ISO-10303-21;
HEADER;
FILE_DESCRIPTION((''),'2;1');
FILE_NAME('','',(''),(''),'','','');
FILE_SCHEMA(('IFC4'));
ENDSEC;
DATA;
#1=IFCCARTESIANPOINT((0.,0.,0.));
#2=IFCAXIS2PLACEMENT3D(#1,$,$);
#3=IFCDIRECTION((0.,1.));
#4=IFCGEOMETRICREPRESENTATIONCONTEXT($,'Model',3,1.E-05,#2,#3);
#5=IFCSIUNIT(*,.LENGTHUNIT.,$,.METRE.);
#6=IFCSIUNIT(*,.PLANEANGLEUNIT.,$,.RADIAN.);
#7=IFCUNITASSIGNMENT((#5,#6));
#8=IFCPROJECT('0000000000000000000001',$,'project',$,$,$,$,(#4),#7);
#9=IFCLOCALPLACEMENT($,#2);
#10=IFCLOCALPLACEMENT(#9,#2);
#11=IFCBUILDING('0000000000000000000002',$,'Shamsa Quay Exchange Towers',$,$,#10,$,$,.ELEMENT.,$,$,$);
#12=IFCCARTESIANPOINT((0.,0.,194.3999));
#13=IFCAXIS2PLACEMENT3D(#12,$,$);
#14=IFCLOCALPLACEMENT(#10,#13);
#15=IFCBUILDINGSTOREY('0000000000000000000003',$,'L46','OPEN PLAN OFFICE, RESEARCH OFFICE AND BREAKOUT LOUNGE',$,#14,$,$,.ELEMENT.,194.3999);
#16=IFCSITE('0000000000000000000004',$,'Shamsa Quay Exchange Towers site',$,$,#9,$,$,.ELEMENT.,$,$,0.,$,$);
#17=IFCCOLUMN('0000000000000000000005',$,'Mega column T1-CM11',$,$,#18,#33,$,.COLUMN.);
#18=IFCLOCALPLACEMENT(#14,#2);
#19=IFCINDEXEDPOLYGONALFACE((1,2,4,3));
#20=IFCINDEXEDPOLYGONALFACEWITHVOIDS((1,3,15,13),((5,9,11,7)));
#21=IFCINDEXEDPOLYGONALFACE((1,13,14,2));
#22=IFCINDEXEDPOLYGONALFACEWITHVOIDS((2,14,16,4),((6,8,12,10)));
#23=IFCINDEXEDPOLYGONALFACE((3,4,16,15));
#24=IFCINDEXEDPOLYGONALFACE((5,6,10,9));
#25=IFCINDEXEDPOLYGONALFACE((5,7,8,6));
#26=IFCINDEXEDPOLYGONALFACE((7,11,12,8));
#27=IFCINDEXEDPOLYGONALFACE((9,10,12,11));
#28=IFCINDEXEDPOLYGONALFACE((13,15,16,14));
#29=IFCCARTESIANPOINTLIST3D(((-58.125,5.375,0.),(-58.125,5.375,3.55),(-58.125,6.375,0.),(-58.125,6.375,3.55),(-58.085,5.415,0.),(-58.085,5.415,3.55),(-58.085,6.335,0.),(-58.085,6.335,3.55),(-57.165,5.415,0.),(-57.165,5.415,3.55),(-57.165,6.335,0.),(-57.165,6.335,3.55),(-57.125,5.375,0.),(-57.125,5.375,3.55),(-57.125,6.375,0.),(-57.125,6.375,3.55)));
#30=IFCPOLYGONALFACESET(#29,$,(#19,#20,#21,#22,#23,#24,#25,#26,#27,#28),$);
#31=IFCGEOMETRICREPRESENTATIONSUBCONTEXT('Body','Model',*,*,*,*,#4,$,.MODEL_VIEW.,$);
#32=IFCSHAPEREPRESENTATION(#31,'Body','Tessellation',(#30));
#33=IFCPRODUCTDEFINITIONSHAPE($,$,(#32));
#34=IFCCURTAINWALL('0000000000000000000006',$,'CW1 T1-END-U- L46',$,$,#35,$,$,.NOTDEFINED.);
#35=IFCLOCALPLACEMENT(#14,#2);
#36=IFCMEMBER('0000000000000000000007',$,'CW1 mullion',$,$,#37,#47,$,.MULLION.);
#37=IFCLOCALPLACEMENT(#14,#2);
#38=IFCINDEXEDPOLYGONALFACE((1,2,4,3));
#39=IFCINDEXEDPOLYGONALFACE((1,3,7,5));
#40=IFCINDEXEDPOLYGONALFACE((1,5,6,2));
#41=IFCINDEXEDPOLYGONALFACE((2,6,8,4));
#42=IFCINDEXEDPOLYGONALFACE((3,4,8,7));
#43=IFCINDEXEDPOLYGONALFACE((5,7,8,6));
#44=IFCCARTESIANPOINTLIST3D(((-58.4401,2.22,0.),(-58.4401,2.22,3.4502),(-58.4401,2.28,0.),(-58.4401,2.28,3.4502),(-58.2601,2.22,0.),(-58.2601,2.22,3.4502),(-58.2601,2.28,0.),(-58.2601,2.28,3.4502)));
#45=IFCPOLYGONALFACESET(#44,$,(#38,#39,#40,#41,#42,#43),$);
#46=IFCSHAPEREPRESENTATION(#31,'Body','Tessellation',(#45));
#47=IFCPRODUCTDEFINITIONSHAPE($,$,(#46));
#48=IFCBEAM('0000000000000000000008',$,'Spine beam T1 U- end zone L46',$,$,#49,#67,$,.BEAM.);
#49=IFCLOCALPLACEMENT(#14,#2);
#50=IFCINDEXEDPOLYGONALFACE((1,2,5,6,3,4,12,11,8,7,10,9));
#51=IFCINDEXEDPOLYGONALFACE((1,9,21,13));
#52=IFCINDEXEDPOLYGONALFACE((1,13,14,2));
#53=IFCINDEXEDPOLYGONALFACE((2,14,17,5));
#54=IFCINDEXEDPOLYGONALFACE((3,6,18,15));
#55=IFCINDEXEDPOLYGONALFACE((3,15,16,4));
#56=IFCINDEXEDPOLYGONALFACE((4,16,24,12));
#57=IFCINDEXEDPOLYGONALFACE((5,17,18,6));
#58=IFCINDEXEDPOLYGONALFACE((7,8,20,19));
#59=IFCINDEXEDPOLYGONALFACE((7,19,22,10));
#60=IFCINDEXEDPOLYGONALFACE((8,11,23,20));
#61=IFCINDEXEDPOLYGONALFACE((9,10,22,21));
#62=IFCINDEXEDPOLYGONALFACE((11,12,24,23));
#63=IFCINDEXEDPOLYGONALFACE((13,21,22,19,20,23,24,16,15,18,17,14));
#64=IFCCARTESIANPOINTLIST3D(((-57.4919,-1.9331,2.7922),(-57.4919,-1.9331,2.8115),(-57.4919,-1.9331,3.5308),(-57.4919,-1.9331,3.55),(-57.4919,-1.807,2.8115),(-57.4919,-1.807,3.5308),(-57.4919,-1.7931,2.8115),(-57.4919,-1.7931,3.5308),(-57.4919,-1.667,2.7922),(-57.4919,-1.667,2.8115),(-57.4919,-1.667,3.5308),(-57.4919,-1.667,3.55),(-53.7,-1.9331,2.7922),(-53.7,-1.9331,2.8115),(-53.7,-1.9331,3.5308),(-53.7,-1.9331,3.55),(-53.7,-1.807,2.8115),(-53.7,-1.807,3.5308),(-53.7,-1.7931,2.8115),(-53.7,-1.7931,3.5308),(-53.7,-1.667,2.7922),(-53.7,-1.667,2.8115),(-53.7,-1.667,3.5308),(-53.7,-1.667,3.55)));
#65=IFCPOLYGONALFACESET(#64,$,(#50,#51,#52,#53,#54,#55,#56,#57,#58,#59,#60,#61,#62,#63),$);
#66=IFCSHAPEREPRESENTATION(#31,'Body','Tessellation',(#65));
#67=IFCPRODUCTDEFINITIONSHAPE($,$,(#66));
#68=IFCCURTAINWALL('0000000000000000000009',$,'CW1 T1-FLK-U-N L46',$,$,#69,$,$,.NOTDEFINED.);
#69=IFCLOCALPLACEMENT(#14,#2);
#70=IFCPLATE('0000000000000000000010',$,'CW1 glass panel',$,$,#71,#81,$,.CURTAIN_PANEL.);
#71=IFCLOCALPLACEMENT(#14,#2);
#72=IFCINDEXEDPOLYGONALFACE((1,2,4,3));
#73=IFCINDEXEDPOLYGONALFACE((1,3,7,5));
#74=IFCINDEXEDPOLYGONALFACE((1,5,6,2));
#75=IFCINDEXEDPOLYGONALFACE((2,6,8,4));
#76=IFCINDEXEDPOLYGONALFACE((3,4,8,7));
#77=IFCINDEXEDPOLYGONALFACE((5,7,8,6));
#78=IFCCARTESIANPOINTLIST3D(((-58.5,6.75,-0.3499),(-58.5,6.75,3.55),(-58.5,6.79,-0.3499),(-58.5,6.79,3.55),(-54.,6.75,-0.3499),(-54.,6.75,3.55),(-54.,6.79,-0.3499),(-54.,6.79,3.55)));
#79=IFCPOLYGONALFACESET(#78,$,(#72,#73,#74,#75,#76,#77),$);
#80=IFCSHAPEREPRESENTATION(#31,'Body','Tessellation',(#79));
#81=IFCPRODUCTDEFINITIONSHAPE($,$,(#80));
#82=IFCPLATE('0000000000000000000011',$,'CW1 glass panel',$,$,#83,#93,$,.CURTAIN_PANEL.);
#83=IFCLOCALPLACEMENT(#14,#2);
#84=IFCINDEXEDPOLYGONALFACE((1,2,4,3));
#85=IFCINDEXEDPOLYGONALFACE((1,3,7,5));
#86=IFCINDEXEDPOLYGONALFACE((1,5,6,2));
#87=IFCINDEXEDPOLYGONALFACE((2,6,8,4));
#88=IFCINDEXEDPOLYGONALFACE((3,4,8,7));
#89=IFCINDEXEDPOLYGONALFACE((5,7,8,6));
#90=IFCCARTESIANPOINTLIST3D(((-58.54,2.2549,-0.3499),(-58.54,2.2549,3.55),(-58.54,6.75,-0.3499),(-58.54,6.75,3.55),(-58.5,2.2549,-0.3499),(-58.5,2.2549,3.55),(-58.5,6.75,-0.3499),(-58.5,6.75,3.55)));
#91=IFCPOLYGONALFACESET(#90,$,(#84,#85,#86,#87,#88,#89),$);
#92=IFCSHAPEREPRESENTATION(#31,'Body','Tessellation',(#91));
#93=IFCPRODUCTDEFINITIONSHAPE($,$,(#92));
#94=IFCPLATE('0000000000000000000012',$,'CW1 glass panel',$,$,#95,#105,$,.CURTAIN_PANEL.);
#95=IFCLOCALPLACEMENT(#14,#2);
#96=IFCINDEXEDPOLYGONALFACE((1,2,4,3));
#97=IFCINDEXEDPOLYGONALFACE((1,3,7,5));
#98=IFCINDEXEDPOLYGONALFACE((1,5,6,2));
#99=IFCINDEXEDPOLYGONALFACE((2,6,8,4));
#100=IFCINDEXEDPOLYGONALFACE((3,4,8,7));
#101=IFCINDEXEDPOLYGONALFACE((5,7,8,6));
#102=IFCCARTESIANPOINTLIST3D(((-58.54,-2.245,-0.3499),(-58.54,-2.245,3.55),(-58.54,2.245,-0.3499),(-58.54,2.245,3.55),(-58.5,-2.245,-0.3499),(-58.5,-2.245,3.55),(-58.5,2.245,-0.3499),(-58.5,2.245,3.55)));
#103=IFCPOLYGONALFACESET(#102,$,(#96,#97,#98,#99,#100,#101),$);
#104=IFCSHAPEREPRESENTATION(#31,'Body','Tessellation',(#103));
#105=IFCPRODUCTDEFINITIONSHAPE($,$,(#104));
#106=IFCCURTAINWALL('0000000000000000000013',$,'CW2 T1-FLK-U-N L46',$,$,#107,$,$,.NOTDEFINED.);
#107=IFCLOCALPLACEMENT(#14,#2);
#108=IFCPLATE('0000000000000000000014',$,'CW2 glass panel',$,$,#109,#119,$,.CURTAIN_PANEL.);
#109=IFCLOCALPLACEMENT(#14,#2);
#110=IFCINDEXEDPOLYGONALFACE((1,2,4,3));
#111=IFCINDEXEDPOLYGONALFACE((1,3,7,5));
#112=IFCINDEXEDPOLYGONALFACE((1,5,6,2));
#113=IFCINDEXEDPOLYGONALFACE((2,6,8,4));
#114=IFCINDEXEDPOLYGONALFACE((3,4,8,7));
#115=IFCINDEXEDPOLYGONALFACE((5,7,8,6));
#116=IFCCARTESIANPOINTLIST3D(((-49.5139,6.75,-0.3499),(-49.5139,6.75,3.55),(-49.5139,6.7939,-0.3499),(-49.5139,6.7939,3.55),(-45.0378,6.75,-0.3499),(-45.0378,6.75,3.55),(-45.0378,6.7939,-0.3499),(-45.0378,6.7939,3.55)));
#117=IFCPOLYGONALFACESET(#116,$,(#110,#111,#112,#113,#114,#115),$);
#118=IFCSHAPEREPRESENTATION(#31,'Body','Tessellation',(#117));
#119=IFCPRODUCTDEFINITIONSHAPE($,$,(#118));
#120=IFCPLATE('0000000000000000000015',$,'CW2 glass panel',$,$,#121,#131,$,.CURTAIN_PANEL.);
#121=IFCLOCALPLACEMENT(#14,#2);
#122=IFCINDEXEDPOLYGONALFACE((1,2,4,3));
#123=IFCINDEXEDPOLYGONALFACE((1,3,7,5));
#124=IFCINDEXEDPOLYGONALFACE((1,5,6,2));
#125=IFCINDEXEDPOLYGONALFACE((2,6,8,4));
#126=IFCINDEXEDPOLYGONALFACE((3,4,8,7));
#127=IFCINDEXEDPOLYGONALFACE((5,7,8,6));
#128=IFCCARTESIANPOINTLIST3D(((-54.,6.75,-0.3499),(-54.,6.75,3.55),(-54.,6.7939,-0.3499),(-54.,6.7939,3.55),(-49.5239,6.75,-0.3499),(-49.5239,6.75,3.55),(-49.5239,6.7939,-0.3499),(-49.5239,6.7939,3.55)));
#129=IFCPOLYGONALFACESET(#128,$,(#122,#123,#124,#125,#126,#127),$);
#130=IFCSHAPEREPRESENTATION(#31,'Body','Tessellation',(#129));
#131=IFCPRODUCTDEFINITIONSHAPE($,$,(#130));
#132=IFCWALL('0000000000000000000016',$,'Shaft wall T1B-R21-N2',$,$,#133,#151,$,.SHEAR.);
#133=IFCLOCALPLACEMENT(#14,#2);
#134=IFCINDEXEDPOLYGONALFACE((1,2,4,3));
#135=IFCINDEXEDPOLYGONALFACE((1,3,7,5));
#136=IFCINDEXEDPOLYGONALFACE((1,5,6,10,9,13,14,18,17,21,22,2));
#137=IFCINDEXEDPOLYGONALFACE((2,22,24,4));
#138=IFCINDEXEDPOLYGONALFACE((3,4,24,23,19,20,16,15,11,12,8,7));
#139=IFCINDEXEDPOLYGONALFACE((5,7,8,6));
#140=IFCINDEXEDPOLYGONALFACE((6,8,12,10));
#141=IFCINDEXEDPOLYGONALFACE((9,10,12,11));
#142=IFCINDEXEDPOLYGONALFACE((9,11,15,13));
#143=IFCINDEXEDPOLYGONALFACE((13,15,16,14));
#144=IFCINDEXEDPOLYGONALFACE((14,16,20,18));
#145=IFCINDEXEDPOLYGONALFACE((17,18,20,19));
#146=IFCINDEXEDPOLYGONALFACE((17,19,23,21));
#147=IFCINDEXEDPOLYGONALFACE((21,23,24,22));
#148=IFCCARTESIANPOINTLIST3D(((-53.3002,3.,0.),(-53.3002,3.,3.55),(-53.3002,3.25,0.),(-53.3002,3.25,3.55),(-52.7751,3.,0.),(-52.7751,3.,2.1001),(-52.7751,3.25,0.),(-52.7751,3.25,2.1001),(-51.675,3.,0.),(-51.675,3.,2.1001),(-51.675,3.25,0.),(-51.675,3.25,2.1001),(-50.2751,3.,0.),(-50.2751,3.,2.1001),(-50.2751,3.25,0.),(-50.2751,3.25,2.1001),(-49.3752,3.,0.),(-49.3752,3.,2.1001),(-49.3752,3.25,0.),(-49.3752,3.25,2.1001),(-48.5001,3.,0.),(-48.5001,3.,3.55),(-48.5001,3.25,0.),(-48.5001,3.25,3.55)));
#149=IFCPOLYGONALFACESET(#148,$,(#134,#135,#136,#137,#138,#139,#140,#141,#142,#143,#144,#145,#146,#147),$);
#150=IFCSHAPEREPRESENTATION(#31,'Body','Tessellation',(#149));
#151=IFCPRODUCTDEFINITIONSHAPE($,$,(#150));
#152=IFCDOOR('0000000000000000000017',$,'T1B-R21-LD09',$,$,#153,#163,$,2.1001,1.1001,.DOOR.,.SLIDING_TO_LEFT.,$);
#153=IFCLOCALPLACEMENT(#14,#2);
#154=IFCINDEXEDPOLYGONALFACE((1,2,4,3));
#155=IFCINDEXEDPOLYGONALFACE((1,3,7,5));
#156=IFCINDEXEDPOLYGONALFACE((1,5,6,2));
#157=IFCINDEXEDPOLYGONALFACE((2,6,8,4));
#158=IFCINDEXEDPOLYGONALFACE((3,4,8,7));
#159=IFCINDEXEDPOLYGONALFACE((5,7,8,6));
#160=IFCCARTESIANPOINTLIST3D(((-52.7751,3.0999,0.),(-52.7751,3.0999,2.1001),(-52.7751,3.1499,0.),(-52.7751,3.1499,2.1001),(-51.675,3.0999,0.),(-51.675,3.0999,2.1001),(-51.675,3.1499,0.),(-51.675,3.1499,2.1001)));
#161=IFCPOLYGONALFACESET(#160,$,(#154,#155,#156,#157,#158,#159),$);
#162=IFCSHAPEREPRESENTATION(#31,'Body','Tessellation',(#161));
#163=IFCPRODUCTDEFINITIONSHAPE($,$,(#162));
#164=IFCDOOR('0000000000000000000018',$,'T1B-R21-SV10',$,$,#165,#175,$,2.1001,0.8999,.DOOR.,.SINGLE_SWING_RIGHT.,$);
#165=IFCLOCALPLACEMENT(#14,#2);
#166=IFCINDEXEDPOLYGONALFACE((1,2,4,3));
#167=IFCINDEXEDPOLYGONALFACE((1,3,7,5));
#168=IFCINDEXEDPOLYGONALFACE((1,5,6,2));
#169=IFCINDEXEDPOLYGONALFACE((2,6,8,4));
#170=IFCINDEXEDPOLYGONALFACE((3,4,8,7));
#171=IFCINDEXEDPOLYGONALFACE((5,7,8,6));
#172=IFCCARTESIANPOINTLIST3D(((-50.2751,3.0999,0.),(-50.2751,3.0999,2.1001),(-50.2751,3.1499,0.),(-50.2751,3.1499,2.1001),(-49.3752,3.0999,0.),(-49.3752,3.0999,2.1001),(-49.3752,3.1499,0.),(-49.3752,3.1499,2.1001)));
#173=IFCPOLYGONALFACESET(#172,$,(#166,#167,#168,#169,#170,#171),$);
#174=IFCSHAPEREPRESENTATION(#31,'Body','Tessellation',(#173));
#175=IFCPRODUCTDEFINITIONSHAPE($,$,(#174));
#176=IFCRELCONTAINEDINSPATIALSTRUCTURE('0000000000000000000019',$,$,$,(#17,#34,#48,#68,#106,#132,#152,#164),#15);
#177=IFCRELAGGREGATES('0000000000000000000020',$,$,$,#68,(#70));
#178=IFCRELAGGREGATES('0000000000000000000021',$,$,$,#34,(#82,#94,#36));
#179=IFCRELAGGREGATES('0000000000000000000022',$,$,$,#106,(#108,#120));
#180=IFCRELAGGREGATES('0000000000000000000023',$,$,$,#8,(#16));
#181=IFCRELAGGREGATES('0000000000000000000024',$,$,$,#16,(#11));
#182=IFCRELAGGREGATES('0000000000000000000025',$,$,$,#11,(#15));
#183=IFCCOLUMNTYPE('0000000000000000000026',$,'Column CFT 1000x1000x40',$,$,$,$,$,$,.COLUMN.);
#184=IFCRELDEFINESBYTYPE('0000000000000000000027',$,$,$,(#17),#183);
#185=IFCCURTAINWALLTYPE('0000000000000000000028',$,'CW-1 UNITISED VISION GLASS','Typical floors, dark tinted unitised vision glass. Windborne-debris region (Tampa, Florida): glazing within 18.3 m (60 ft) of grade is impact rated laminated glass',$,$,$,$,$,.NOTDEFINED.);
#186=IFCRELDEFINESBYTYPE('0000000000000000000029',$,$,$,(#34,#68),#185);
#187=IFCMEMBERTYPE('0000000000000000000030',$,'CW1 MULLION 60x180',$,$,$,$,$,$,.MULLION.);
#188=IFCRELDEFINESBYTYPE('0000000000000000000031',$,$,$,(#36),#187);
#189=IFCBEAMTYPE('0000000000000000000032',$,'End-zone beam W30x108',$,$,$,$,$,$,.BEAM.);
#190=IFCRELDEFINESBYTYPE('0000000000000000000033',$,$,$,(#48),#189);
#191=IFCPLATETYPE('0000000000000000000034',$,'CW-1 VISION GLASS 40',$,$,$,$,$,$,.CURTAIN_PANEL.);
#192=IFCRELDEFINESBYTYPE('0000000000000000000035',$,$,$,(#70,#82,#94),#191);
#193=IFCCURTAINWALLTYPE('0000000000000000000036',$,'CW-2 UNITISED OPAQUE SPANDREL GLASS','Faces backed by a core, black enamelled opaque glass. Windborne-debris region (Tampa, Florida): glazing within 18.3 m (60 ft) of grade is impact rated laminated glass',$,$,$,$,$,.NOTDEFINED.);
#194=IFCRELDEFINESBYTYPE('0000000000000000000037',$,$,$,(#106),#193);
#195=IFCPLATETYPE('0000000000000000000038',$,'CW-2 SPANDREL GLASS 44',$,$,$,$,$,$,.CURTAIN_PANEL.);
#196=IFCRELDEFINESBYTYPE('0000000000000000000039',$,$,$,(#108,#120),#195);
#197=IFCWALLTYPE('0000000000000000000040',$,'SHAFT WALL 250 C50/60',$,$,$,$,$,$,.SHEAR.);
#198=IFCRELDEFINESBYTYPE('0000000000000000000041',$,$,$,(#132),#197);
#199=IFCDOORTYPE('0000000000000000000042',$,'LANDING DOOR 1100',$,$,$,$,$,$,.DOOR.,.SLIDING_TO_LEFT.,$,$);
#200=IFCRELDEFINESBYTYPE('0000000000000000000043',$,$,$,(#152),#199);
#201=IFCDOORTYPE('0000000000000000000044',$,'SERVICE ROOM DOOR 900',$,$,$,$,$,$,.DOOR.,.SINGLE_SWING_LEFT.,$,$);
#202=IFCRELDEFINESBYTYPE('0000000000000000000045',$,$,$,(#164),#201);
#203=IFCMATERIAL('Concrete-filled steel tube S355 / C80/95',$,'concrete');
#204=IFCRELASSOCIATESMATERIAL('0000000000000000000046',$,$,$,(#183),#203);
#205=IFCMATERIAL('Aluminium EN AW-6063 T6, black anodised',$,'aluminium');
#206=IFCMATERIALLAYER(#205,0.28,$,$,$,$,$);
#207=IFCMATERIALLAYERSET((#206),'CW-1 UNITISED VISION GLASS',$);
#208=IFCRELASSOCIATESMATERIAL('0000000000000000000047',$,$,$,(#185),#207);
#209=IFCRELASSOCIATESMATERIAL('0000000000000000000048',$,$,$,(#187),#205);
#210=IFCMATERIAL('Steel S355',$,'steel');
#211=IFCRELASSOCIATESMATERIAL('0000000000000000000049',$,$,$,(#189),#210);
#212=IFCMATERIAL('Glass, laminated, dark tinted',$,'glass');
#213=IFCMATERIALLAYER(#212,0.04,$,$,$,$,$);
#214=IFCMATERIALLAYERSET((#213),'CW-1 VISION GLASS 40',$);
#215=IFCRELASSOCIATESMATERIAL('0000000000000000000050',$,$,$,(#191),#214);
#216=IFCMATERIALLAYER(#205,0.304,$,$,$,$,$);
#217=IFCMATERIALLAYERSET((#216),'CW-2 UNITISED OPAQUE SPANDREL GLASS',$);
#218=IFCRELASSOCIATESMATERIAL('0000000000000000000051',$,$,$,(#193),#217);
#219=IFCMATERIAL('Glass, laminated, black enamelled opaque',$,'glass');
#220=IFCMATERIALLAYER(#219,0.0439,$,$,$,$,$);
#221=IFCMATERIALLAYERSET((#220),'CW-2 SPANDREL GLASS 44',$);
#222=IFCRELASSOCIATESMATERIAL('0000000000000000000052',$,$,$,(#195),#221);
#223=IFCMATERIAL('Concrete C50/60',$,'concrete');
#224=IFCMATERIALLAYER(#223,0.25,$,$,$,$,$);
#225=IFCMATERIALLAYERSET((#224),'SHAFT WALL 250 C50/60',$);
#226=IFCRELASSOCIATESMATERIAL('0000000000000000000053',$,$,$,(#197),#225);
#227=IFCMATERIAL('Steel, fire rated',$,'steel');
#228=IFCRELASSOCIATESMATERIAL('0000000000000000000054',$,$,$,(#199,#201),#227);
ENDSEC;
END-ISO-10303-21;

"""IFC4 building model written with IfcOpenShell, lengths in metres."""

from ifc_helpers import new_model, si_unit, direction, frame, frame_2d, origin, origin_2d, place, context, subcontext, project, spatial, rectangle, hollow_rectangle, i_section, extrude, material, layer, layer_set, material_profile, profile_set, type_object, element, fill, aggregate, save


model = new_model("IFC4")

# Units and contexts
model_context = context("Model", 3, precision=1e-05, world=origin(), true_north=direction((0.0, 1.0)))
body_context = subcontext(model_context, "Body", "Model", "MODEL_VIEW")
ifc_project = project(units=[si_unit("LENGTHUNIT", "METRE"), si_unit("PLANEANGLEUNIT", "RADIAN")], contexts=[model_context])

# Site, building, storey
site_placement = place(None, origin())
site = spatial("IfcSite", under=ifc_project, at=site_placement, Name="Shamsa Quay Exchange Towers site", CompositionType="ELEMENT", RefElevation=0.0)
building_placement = place(site_placement, origin())
building = spatial("IfcBuilding", under=site, at=building_placement, Name="Shamsa Quay Exchange Towers", CompositionType="ELEMENT")
storey_placement = place(building_placement, frame((0.0, 0.0, 194.3999)))
storey = spatial("IfcBuildingStorey", under=building, at=storey_placement, Name="L46", Description="OPEN PLAN OFFICE, RESEARCH OFFICE AND BREAKOUT LOUNGE", CompositionType="ELEMENT", Elevation=194.3999)

# Column
ifc_material_1 = material(Name="Concrete-filled steel tube S355 / C80/95", Category="concrete")
ifc_material_profile_1 = material_profile(ifc_material_1, hollow_rectangle(XDim=1.0, YDim=1.0, WallThickness=0.04, at=origin_2d()), Name="CFT 1000x1000x40")
ifc_profile_set_1 = profile_set([ifc_material_profile_1], Name="Concrete-filled steel tube S355 / C80/95")
column_type = type_object("IfcColumnType", Name="Column CFT 1000x1000x40", PredefinedType="COLUMN", material=ifc_profile_set_1)
column_placement = place(storey_placement, frame((-57.625, 5.875, 0.0)))
element("IfcColumn", 1, at=column_placement, inside=storey, type_object=column_type, Name="Mega column T1-CM11", PredefinedType="COLUMN", context=body_context, shape_type="SweptSolid", body=[
    extrude(hollow_rectangle(XDim=1.0, YDim=1.0, WallThickness=0.04, at=origin_2d()), origin(), (0.0, 0.0, 1.0), 3.55),
])

# Curtain wall, member
ifc_material_2 = material(Name="Aluminium EN AW-6063 T6, black anodised", Category="aluminium")
ifc_layer_1 = layer(ifc_material_2, 0.28)
ifc_layer_set_1 = layer_set([ifc_layer_1], Name="CW-1 UNITISED VISION GLASS")
curtain_wall_type_1 = type_object("IfcCurtainWallType", Name="CW-1 UNITISED VISION GLASS", Description="Typical floors, dark tinted unitised vision glass. Windborne-debris region (Tampa, Florida): glazing within 18.3 m (60 ft) of grade is impact rated laminated glass", PredefinedType="NOTDEFINED", material=ifc_layer_set_1)
curtain_wall_1_placement = place(storey_placement, origin())
curtain_wall_1 = element("IfcCurtainWall", 2, at=curtain_wall_1_placement, inside=storey, type_object=curtain_wall_type_1, Name="CW1 T1-END-U- L46", PredefinedType="NOTDEFINED")
ifc_material_profile_2 = material_profile(ifc_material_2, rectangle(XDim=0.1799, YDim=0.0601, at=origin_2d()), Name="MU60x180")
ifc_profile_set_2 = profile_set([ifc_material_profile_2], Name="Aluminium EN AW-6063 T6, black anodised")
member_type = type_object("IfcMemberType", Name="CW1 MULLION 60x180", PredefinedType="MULLION", material=ifc_profile_set_2)
member_placement = place(storey_placement, frame((-58.3501, 2.25, 0.0)))
member = element("IfcMember", 3, at=member_placement, type_object=member_type, Name="CW1 mullion", PredefinedType="MULLION", context=body_context, shape_type="SweptSolid", body=[
    extrude(rectangle(XDim=0.1799, YDim=0.0601, at=origin_2d()), origin(), (0.0, 0.0, 1.0), 3.4502),
])

# Beam
ifc_material_3 = material(Name="Steel S355", Category="steel")
ifc_material_profile_3 = material_profile(ifc_material_3, i_section(OverallWidth=0.2661, OverallDepth=0.7578, WebThickness=0.0139, FlangeThickness=0.0193, at=origin_2d()), Name="W30x108")
ifc_profile_set_3 = profile_set([ifc_material_profile_3], Name="Steel S355")
beam_type = type_object("IfcBeamType", Name="End-zone beam W30x108", PredefinedType="BEAM", material=ifc_profile_set_3)
beam_placement = place(storey_placement, frame((-53.7, -1.8, 3.1711), z_axis=(-1.0, 0.0, 0.0), x_axis=(0.0, -1.0, 0.0)))
element("IfcBeam", 4, at=beam_placement, inside=storey, type_object=beam_type, Name="Spine beam T1 U- end zone L46", PredefinedType="BEAM", context=body_context, shape_type="SweptSolid", body=[
    extrude(i_section(OverallWidth=0.2661, OverallDepth=0.7578, WebThickness=0.0139, FlangeThickness=0.0193, at=origin_2d()), origin(), (0.0, 0.0, 1.0), 3.792),
])

# Curtain wall, plate
curtain_wall_2_placement = place(storey_placement, origin())
curtain_wall_2 = element("IfcCurtainWall", 5, at=curtain_wall_2_placement, inside=storey, type_object=curtain_wall_type_1, Name="CW1 T1-FLK-U-N L46", PredefinedType="NOTDEFINED")
ifc_material_4 = material(Name="Glass, laminated, dark tinted", Category="glass")
ifc_layer_2 = layer(ifc_material_4, 0.04)
ifc_layer_set_2 = layer_set([ifc_layer_2], Name="CW-1 VISION GLASS 40")
plate_type_1 = type_object("IfcPlateType", Name="CW-1 VISION GLASS 40", PredefinedType="CURTAIN_PANEL", material=ifc_layer_set_2)
plate_1_placement = place(storey_placement, frame((-56.25, 6.77, -0.3499), z_axis=(0.0, 0.0, 1.0), x_axis=(-1.0, 0.0, 0.0)))
plate_1 = element("IfcPlate", 6, at=plate_1_placement, type_object=plate_type_1, Name="CW1 glass panel", PredefinedType="CURTAIN_PANEL", context=body_context, shape_type="SweptSolid", body=[
    extrude(rectangle(XDim=4.5, YDim=0.04, at=origin_2d()), origin(), (0.0, 0.0, 1.0), 3.8999),
])
aggregate(curtain_wall_2, [plate_1])

# Plates
plate_2_placement = place(storey_placement, frame((-58.52, 4.5024, -0.3499), z_axis=(0.0, 0.0, 1.0), x_axis=(0.0, -1.0, 0.0)))
plate_2 = element("IfcPlate", 7, at=plate_2_placement, type_object=plate_type_1, Name="CW1 glass panel", PredefinedType="CURTAIN_PANEL", context=body_context, shape_type="SweptSolid", body=[
    extrude(rectangle(XDim=4.4951, YDim=0.04, at=origin_2d()), origin(), (0.0, 0.0, 1.0), 3.8999),
])
plate_3_placement = place(storey_placement, frame((-58.52, 0.0, -0.3499), z_axis=(0.0, 0.0, 1.0), x_axis=(0.0, -1.0, 0.0)))
plate_3 = element("IfcPlate", 8, at=plate_3_placement, type_object=plate_type_1, Name="CW1 glass panel", PredefinedType="CURTAIN_PANEL", context=body_context, shape_type="SweptSolid", body=[
    extrude(rectangle(XDim=4.49, YDim=0.04, at=origin_2d()), origin(), (0.0, 0.0, 1.0), 3.8999),
])
aggregate(curtain_wall_1, [plate_2, plate_3, member])

# Curtain wall, plates
ifc_layer_3 = layer(ifc_material_2, 0.304)
ifc_layer_set_3 = layer_set([ifc_layer_3], Name="CW-2 UNITISED OPAQUE SPANDREL GLASS")
curtain_wall_type_2 = type_object("IfcCurtainWallType", Name="CW-2 UNITISED OPAQUE SPANDREL GLASS", Description="Faces backed by a core, black enamelled opaque glass. Windborne-debris region (Tampa, Florida): glazing within 18.3 m (60 ft) of grade is impact rated laminated glass", PredefinedType="NOTDEFINED", material=ifc_layer_set_3)
curtain_wall_3_placement = place(storey_placement, origin())
curtain_wall_3 = element("IfcCurtainWall", 9, at=curtain_wall_3_placement, inside=storey, type_object=curtain_wall_type_2, Name="CW2 T1-FLK-U-N L46", PredefinedType="NOTDEFINED")
ifc_material_5 = material(Name="Glass, laminated, black enamelled opaque", Category="glass")
ifc_layer_4 = layer(ifc_material_5, 0.0439)
ifc_layer_set_4 = layer_set([ifc_layer_4], Name="CW-2 SPANDREL GLASS 44")
plate_type_2 = type_object("IfcPlateType", Name="CW-2 SPANDREL GLASS 44", PredefinedType="CURTAIN_PANEL", material=ifc_layer_set_4)
plate_4_placement = place(storey_placement, frame((-47.2759, 6.772, -0.3499), z_axis=(0.0, 0.0, 1.0), x_axis=(-1.0, 0.0, 0.0)))
plate_4 = element("IfcPlate", 10, at=plate_4_placement, type_object=plate_type_2, Name="CW2 glass panel", PredefinedType="CURTAIN_PANEL", context=body_context, shape_type="SweptSolid", body=[
    extrude(rectangle(XDim=4.4761, YDim=0.0439, at=origin_2d()), origin(), (0.0, 0.0, 1.0), 3.8999),
])
plate_5_placement = place(storey_placement, frame((-51.762, 6.772, -0.3499), z_axis=(0.0, 0.0, 1.0), x_axis=(-1.0, 0.0, 0.0)))
plate_5 = element("IfcPlate", 11, at=plate_5_placement, type_object=plate_type_2, Name="CW2 glass panel", PredefinedType="CURTAIN_PANEL", context=body_context, shape_type="SweptSolid", body=[
    extrude(rectangle(XDim=4.4761, YDim=0.0439, at=origin_2d()), origin(), (0.0, 0.0, 1.0), 3.8999),
])
aggregate(curtain_wall_3, [plate_4, plate_5])

# Wall, openings, doors
ifc_material_6 = material(Name="Concrete C50/60", Category="concrete")
ifc_layer_5 = layer(ifc_material_6, 0.25)
ifc_layer_set_5 = layer_set([ifc_layer_5], Name="SHAFT WALL 250 C50/60")
wall_type_1 = type_object("IfcWallType", Name="SHAFT WALL 250 C50/60", PredefinedType="SHEAR", material=ifc_layer_set_5)
wall_1_placement = place(storey_placement, frame((-53.3, 3.125, 0.0)))
wall_1 = element("IfcWall", 12, at=wall_1_placement, inside=storey, type_object=wall_type_1, Name="Shaft wall T1B-R21-N2", PredefinedType="SHEAR", context=body_context, shape_type="SweptSolid", body=[
    extrude(rectangle(XDim=4.8, YDim=0.25, at=frame_2d((2.3999, 0.0))), origin(), (0.0, 0.0, 1.0), 3.55),
])
opening_1_placement = place(wall_1_placement, frame((0.5249, 0.0, 0.0)))
opening_1 = element("IfcOpeningElement", 13, at=opening_1_placement, cuts=wall_1, PredefinedType="OPENING", context=body_context, shape_type="SweptSolid", body=[
    extrude(rectangle(XDim=1.1001, YDim=2.1001, at=frame_2d((0.55, 1.05))), frame((0.0, 0.135, 0.0), z_axis=(0.0, -1.0, 0.0), x_axis=(1.0, 0.0, 0.0)), (0.0, 0.0, 1.0), 0.27),
])
opening_2_placement = place(wall_1_placement, frame((3.0249, 0.0, 0.0)))
opening_2 = element("IfcOpeningElement", 14, at=opening_2_placement, cuts=wall_1, PredefinedType="OPENING", context=body_context, shape_type="SweptSolid", body=[
    extrude(rectangle(XDim=0.8999, YDim=2.1001, at=frame_2d((0.45, 1.05))), frame((0.0, 0.135, 0.0), z_axis=(0.0, -1.0, 0.0), x_axis=(1.0, 0.0, 0.0)), (0.0, 0.0, 1.0), 0.27),
])
ifc_material_7 = material(Name="Steel, fire rated", Category="steel")
door_type_1 = type_object("IfcDoorType", Name="LANDING DOOR 1100", OperationType="SLIDING_TO_LEFT", PredefinedType="DOOR", material=ifc_material_7)
door_1_placement = place(opening_1_placement, origin())
door_1 = element("IfcDoor", 15, at=door_1_placement, inside=storey, type_object=door_type_1, Name="T1B-R21-LD09", OperationType="SLIDING_TO_LEFT", OverallHeight=2.1001, OverallWidth=1.1001, PredefinedType="DOOR", context=body_context, shape_type="SweptSolid", body=[
    extrude(rectangle(XDim=1.1001, YDim=2.1001, at=frame_2d((0.55, 1.05))), frame((0.0, 0.0249, 0.0), z_axis=(0.0, -1.0, 0.0), x_axis=(1.0, 0.0, 0.0)), (0.0, 0.0, 1.0), 0.05),
])
fill(opening_1, door_1)
door_type_2 = type_object("IfcDoorType", Name="SERVICE ROOM DOOR 900", OperationType="SINGLE_SWING_LEFT", PredefinedType="DOOR", material=ifc_material_7)
door_2_placement = place(opening_2_placement, origin())
door_2 = element("IfcDoor", 16, at=door_2_placement, inside=storey, type_object=door_type_2, Name="T1B-R21-SV10", OperationType="SINGLE_SWING_RIGHT", OverallHeight=2.1001, OverallWidth=0.8999, PredefinedType="DOOR", context=body_context, shape_type="SweptSolid", body=[
    extrude(rectangle(XDim=0.8999, YDim=2.1001, at=frame_2d((0.45, 1.05))), frame((0.0, 0.0249, 0.0), z_axis=(0.0, -1.0, 0.0), x_axis=(1.0, 0.0, 0.0)), (0.0, 0.0, 1.0), 0.05),
])
fill(opening_2, door_2)

save(model, "model.ifc")
